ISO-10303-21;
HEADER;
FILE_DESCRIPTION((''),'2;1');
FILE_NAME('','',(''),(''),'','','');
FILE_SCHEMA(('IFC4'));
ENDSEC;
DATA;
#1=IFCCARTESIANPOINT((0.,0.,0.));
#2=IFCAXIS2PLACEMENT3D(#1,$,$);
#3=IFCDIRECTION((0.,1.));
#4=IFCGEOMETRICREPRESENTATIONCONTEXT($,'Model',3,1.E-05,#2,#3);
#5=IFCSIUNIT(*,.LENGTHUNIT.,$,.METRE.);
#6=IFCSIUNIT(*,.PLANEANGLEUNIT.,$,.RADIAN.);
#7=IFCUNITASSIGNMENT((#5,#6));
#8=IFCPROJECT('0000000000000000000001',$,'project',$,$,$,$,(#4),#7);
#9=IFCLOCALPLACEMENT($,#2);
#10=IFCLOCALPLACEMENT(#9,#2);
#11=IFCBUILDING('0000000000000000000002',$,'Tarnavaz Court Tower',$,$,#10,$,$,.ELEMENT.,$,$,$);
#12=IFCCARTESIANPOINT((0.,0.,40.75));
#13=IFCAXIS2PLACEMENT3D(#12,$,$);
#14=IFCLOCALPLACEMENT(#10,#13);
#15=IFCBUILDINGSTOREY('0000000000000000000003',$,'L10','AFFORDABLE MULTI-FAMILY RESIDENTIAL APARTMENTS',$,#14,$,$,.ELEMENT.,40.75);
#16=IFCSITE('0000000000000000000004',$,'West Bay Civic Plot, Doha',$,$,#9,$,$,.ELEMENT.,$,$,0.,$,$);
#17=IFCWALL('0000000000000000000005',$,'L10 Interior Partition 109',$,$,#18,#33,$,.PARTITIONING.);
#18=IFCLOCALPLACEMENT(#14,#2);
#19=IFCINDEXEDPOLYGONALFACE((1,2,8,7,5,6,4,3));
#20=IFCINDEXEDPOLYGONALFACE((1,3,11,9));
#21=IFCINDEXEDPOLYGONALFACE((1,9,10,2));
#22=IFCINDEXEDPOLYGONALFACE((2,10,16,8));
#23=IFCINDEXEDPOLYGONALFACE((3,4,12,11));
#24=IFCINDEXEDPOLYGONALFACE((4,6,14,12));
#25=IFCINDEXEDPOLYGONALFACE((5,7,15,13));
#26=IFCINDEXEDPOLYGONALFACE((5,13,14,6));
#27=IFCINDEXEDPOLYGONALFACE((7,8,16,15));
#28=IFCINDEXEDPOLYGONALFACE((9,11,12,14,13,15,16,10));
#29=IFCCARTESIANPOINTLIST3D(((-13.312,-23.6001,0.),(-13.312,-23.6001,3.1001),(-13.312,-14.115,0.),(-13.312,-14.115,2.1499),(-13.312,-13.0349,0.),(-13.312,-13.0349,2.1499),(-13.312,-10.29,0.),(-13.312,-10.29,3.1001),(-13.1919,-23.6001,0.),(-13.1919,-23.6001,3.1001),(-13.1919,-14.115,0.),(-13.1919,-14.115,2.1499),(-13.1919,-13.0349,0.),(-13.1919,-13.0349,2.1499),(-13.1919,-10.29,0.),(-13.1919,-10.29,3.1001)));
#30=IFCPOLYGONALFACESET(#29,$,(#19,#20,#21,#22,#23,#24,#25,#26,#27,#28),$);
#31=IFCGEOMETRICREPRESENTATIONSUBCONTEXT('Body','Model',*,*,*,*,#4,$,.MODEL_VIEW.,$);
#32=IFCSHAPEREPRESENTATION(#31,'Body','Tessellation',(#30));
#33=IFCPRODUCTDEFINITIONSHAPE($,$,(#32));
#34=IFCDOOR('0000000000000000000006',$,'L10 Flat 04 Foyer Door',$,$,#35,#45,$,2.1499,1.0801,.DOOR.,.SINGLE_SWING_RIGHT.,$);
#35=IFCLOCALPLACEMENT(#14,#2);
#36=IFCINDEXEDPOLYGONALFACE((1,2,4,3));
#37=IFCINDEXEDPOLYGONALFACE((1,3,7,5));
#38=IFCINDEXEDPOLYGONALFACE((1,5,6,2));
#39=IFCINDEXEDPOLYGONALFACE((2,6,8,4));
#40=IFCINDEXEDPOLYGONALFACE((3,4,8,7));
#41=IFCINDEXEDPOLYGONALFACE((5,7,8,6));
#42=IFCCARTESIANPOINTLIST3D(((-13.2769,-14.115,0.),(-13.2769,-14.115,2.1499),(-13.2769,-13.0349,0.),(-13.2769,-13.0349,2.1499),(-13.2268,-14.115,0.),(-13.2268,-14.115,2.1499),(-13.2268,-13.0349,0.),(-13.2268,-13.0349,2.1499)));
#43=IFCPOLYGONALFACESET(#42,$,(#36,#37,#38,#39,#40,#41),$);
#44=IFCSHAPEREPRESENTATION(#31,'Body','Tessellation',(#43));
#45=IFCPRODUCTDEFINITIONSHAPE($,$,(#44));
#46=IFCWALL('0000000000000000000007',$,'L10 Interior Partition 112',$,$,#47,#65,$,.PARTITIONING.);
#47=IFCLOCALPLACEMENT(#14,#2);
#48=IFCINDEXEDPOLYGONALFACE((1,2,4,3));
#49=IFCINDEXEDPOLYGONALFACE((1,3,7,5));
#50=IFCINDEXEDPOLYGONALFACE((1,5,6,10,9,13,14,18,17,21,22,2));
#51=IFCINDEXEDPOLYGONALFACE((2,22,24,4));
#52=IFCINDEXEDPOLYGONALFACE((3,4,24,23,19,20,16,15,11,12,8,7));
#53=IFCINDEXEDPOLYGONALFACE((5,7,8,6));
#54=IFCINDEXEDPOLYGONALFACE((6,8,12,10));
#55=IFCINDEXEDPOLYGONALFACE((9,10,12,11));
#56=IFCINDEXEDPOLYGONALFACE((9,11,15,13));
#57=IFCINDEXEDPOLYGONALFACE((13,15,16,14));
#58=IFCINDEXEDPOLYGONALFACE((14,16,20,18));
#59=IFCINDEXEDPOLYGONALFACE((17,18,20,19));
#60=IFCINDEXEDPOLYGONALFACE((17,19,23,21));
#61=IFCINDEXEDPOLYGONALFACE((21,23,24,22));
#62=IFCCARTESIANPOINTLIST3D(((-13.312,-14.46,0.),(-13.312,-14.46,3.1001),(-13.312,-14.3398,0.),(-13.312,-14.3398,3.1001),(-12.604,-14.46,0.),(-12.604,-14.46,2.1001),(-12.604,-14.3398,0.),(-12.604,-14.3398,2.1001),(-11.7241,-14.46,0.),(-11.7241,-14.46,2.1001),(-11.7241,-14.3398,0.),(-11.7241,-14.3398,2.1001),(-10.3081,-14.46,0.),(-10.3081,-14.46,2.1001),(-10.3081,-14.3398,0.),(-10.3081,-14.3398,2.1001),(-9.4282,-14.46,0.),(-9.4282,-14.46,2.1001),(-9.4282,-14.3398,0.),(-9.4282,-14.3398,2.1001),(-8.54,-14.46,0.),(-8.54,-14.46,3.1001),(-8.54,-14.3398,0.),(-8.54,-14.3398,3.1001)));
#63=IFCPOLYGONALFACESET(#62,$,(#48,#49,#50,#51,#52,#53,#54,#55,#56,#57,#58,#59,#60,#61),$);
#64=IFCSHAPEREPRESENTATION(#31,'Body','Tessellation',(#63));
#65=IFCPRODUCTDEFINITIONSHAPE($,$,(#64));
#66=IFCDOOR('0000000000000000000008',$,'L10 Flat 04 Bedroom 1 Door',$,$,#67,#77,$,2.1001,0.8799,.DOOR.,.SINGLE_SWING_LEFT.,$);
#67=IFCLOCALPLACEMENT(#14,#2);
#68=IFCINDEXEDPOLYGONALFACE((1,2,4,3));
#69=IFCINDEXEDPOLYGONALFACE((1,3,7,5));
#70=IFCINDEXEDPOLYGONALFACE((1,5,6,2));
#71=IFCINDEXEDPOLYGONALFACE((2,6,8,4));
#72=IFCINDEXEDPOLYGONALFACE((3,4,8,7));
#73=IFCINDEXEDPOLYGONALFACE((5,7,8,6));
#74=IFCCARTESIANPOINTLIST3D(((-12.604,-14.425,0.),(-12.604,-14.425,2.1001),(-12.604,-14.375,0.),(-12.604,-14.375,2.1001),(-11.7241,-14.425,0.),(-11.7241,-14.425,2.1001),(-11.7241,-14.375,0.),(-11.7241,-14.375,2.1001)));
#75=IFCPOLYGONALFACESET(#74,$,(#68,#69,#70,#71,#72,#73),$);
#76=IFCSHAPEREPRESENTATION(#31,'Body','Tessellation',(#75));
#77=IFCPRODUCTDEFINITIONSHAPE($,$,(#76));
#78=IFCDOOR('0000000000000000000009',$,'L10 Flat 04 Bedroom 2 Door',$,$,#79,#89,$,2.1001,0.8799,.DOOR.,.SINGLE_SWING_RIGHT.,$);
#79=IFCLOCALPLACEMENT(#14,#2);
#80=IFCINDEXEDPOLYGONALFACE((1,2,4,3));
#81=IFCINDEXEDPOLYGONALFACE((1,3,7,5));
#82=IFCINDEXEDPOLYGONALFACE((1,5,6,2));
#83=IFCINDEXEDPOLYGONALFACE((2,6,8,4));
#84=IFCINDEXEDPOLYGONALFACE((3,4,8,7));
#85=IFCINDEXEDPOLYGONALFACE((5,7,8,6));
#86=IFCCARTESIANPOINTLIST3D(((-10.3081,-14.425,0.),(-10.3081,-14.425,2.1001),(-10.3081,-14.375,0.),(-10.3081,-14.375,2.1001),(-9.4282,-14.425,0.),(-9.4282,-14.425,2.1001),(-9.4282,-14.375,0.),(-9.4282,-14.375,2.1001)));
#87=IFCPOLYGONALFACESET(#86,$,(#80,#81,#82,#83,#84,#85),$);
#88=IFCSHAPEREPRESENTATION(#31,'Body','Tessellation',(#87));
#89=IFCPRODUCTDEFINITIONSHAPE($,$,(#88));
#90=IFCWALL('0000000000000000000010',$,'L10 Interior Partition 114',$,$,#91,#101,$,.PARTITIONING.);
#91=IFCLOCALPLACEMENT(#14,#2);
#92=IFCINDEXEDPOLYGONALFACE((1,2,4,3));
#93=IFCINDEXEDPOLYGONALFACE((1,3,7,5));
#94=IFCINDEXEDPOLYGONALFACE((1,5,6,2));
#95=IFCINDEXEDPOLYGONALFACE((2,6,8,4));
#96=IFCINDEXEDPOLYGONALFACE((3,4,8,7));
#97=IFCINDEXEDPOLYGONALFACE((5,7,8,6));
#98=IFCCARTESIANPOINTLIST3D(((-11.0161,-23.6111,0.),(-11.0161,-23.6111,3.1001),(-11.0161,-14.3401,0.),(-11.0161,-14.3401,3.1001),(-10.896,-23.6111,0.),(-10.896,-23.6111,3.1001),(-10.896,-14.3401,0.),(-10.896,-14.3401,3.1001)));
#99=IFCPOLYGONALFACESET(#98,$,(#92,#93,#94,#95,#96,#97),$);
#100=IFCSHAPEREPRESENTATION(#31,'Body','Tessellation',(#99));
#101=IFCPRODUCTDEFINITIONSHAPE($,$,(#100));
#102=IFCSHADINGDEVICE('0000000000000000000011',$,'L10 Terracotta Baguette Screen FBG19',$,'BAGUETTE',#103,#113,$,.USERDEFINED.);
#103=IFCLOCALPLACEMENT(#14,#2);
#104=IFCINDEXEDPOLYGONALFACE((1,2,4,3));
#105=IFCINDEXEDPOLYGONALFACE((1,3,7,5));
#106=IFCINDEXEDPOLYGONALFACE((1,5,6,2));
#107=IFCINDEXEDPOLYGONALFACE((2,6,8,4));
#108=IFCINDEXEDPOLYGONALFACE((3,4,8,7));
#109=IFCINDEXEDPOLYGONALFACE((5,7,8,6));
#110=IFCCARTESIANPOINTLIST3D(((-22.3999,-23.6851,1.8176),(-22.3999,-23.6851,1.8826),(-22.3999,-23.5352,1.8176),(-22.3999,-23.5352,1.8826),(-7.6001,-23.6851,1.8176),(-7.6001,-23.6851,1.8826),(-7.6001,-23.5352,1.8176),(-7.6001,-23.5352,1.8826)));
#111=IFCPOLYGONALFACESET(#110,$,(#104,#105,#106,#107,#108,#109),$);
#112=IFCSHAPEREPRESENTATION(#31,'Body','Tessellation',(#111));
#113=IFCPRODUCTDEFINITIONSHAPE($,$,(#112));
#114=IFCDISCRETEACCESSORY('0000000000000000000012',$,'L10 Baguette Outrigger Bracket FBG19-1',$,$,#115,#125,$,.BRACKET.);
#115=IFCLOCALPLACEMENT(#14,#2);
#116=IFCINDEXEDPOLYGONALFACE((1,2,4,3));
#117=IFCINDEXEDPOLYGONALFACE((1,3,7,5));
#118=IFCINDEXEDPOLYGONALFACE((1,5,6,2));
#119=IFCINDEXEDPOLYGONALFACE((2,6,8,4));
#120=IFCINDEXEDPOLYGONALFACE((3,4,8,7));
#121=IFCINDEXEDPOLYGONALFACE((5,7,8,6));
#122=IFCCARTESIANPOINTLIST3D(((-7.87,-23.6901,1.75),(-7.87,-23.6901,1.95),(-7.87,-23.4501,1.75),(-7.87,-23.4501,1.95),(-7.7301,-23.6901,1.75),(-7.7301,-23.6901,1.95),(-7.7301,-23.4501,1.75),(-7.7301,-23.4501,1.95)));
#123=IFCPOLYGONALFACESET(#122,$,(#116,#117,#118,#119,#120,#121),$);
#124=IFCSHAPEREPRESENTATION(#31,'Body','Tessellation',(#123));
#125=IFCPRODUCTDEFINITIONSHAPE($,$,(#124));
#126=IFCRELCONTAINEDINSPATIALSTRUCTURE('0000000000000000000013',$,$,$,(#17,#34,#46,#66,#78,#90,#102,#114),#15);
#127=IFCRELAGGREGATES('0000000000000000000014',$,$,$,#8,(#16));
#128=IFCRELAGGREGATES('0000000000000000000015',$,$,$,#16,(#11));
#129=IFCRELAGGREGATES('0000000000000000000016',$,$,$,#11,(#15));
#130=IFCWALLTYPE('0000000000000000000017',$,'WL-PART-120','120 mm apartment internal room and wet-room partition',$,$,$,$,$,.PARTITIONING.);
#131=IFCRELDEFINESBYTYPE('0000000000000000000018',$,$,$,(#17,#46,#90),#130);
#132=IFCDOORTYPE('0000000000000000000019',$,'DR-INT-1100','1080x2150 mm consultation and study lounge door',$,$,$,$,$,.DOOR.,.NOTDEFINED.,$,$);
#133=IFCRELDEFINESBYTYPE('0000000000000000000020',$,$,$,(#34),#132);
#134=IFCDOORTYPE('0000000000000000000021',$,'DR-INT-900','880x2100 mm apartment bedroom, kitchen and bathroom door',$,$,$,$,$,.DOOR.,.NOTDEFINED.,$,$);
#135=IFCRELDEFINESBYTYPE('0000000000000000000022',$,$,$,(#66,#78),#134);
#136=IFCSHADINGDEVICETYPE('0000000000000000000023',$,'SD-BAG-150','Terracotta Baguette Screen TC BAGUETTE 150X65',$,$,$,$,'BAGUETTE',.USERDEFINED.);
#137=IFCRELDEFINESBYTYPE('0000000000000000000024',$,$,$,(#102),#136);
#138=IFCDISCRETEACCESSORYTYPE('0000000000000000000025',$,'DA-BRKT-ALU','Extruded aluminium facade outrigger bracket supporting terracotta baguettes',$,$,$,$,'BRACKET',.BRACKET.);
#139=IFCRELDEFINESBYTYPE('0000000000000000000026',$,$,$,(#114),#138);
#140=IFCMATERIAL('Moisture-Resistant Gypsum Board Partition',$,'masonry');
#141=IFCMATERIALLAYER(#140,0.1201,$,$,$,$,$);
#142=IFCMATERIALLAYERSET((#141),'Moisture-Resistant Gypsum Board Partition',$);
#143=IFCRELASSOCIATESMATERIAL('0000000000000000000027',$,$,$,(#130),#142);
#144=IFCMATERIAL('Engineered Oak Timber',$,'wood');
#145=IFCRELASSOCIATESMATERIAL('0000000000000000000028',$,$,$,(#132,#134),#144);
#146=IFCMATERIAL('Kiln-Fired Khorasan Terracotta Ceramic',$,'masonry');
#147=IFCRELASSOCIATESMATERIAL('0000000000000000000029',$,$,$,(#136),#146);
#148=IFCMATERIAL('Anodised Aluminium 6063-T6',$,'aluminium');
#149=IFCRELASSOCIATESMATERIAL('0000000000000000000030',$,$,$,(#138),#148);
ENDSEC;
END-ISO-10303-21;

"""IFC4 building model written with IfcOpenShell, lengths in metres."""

from ifc_helpers import new_model, si_unit, direction, frame, frame_2d, origin, origin_2d, place, context, subcontext, project, spatial, rectangle, extrude, material, layer, layer_set, material_profile, profile_set, type_object, element, fill, save


model = new_model("IFC4")

# Units and contexts
model_context = context("Model", 3, precision=1e-05, world=origin(), true_north=direction((0.0, 1.0)))
body_context = subcontext(model_context, "Body", "Model", "MODEL_VIEW")
ifc_project = project(units=[si_unit("LENGTHUNIT", "METRE"), si_unit("PLANEANGLEUNIT", "RADIAN")], contexts=[model_context])

# Site, building, storey
site_placement = place(None, origin())
site = spatial("IfcSite", under=ifc_project, at=site_placement, Name="West Bay Civic Plot, Doha", CompositionType="ELEMENT", RefElevation=0.0)
building_placement = place(site_placement, origin())
building = spatial("IfcBuilding", under=site, at=building_placement, Name="Tarnavaz Court Tower", CompositionType="ELEMENT")
storey_placement = place(building_placement, frame((0.0, 0.0, 40.75)))
storey = spatial("IfcBuildingStorey", under=building, at=storey_placement, Name="L10", Description="AFFORDABLE MULTI-FAMILY RESIDENTIAL APARTMENTS", CompositionType="ELEMENT", Elevation=40.75)

# Wall, opening, door
ifc_material_1 = material(Name="Moisture-Resistant Gypsum Board Partition", Category="masonry")
ifc_layer_1 = layer(ifc_material_1, 0.1201)
ifc_layer_set_1 = layer_set([ifc_layer_1], Name="Moisture-Resistant Gypsum Board Partition")
wall_type_1 = type_object("IfcWallType", Name="WL-PART-120", Description="120 mm apartment internal room and wet-room partition", PredefinedType="PARTITIONING", material=ifc_layer_set_1)
wall_1_placement = place(storey_placement, frame((-13.252, -23.6001, 0.0), z_axis=(0.0, 0.0, 1.0), x_axis=(0.0, 1.0, 0.0)))
wall_1 = element("IfcWall", 1, at=wall_1_placement, inside=storey, type_object=wall_type_1, Name="L10 Interior Partition 109", PredefinedType="PARTITIONING", context=body_context, shape_type="SweptSolid", body=[
    extrude(rectangle(XDim=13.3101, YDim=0.1201, at=frame_2d((6.655, 0.0))), origin(), (0.0, 0.0, 1.0), 3.1001),
])
opening_1_placement = place(wall_1_placement, frame((9.4851, 0.0, 0.0)))
opening_1 = element("IfcOpeningElement", 2, at=opening_1_placement, cuts=wall_1, PredefinedType="OPENING", context=body_context, shape_type="SweptSolid", body=[
    extrude(rectangle(XDim=1.0801, YDim=2.1499, at=frame_2d((0.54, 1.075))), frame((0.0, 0.0701, 0.0), z_axis=(0.0, -1.0, 0.0), x_axis=(1.0, 0.0, 0.0)), (0.0, 0.0, 1.0), 0.1401),
])
ifc_material_2 = material(Name="Engineered Oak Timber", Category="wood")
door_type_1 = type_object("IfcDoorType", Name="DR-INT-1100", Description="1080x2150 mm consultation and study lounge door", OperationType="NOTDEFINED", PredefinedType="DOOR", material=ifc_material_2)
door_1_placement = place(opening_1_placement, origin())
door_1 = element("IfcDoor", 3, at=door_1_placement, inside=storey, type_object=door_type_1, Name="L10 Flat 04 Foyer Door", OperationType="SINGLE_SWING_RIGHT", OverallHeight=2.1499, OverallWidth=1.0801, PredefinedType="DOOR", context=body_context, shape_type="SweptSolid", body=[
    extrude(rectangle(XDim=1.0801, YDim=2.1499, at=frame_2d((0.54, 1.075))), frame((0.0, 0.0249, 0.0), z_axis=(0.0, -1.0, 0.0), x_axis=(1.0, 0.0, 0.0)), (0.0, 0.0, 1.0), 0.05),
])
fill(opening_1, door_1)

# Wall, openings, doors
wall_2_placement = place(storey_placement, frame((-13.312, -14.3999, 0.0), z_axis=(0.0, 0.0, 1.0), x_axis=(1.0, 0.0, 0.0)))
wall_2 = element("IfcWall", 4, at=wall_2_placement, inside=storey, type_object=wall_type_1, Name="L10 Interior Partition 112", PredefinedType="PARTITIONING", context=body_context, shape_type="SweptSolid", body=[
    extrude(rectangle(XDim=4.772, YDim=0.1201, at=frame_2d((2.386, 0.0))), origin(), (0.0, 0.0, 1.0), 3.1001),
])
opening_2_placement = place(wall_2_placement, frame((0.708, 0.0, 0.0)))
opening_2 = element("IfcOpeningElement", 5, at=opening_2_placement, cuts=wall_2, PredefinedType="OPENING", context=body_context, shape_type="SweptSolid", body=[
    extrude(rectangle(XDim=0.8799, YDim=2.1001, at=frame_2d((0.4399, 1.05))), frame((0.0, 0.0701, 0.0), z_axis=(0.0, -1.0, 0.0), x_axis=(1.0, 0.0, 0.0)), (0.0, 0.0, 1.0), 0.1401),
])
opening_3_placement = place(wall_2_placement, frame((3.0039, 0.0, 0.0)))
opening_3 = element("IfcOpeningElement", 6, at=opening_3_placement, cuts=wall_2, PredefinedType="OPENING", context=body_context, shape_type="SweptSolid", body=[
    extrude(rectangle(XDim=0.8799, YDim=2.1001, at=frame_2d((0.4399, 1.05))), frame((0.0, 0.0701, 0.0), z_axis=(0.0, -1.0, 0.0), x_axis=(1.0, 0.0, 0.0)), (0.0, 0.0, 1.0), 0.1401),
])
door_type_2 = type_object("IfcDoorType", Name="DR-INT-900", Description="880x2100 mm apartment bedroom, kitchen and bathroom door", OperationType="NOTDEFINED", PredefinedType="DOOR", material=ifc_material_2)
door_2_placement = place(opening_2_placement, origin())
door_2 = element("IfcDoor", 7, at=door_2_placement, inside=storey, type_object=door_type_2, Name="L10 Flat 04 Bedroom 1 Door", OperationType="SINGLE_SWING_LEFT", OverallHeight=2.1001, OverallWidth=0.8799, PredefinedType="DOOR", context=body_context, shape_type="SweptSolid", body=[
    extrude(rectangle(XDim=0.8799, YDim=2.1001, at=frame_2d((0.4399, 1.05))), frame((0.0, 0.0249, 0.0), z_axis=(0.0, -1.0, 0.0), x_axis=(1.0, 0.0, 0.0)), (0.0, 0.0, 1.0), 0.05),
])
fill(opening_2, door_2)
door_3_placement = place(opening_3_placement, origin())
door_3 = element("IfcDoor", 8, at=door_3_placement, inside=storey, type_object=door_type_2, Name="L10 Flat 04 Bedroom 2 Door", OperationType="SINGLE_SWING_RIGHT", OverallHeight=2.1001, OverallWidth=0.8799, PredefinedType="DOOR", context=body_context, shape_type="SweptSolid", body=[
    extrude(rectangle(XDim=0.8799, YDim=2.1001, at=frame_2d((0.4399, 1.05))), frame((0.0, 0.0249, 0.0), z_axis=(0.0, -1.0, 0.0), x_axis=(1.0, 0.0, 0.0)), (0.0, 0.0, 1.0), 0.05),
])
fill(opening_3, door_3)

# Wall
wall_3_placement = place(storey_placement, frame((-10.9561, -23.6111, 0.0), z_axis=(0.0, 0.0, 1.0), x_axis=(0.0, 1.0, 0.0)))
element("IfcWall", 9, at=wall_3_placement, inside=storey, type_object=wall_type_1, Name="L10 Interior Partition 114", PredefinedType="PARTITIONING", context=body_context, shape_type="SweptSolid", body=[
    extrude(rectangle(XDim=9.271, YDim=0.1201, at=frame_2d((4.6355, 0.0))), origin(), (0.0, 0.0, 1.0), 3.1001),
])

# Shading device
ifc_material_3 = material(Name="Kiln-Fired Khorasan Terracotta Ceramic", Category="masonry")
ifc_material_profile_1 = material_profile(ifc_material_3, rectangle(XDim=0.1499, YDim=0.0649, at=origin_2d()), Name="TC BAGUETTE 150X65")
ifc_profile_set_1 = profile_set([ifc_material_profile_1], Name="Kiln-Fired Khorasan Terracotta Ceramic")
shading_device_type = type_object("IfcShadingDeviceType", Name="SD-BAG-150", Description="Terracotta Baguette Screen TC BAGUETTE 150X65", ElementType="BAGUETTE", PredefinedType="USERDEFINED", material=ifc_profile_set_1)
shading_device_placement = place(storey_placement, frame((-7.6001, -23.6101, 1.8501), z_axis=(-1.0, 0.0, 0.0), x_axis=(0.0, -1.0, 0.0)))
element("IfcShadingDevice", 10, at=shading_device_placement, inside=storey, type_object=shading_device_type, Name="L10 Terracotta Baguette Screen FBG19", ObjectType="BAGUETTE", PredefinedType="USERDEFINED", context=body_context, shape_type="SweptSolid", body=[
    extrude(rectangle(XDim=0.1499, YDim=0.0649, at=origin_2d()), origin(), (0.0, 0.0, 1.0), 14.7998),
])

# Discrete accessory
ifc_material_4 = material(Name="Anodised Aluminium 6063-T6", Category="aluminium")
discrete_accessory_type = type_object("IfcDiscreteAccessoryType", Name="DA-BRKT-ALU", Description="Extruded aluminium facade outrigger bracket supporting terracotta baguettes", ElementType="BRACKET", PredefinedType="BRACKET", material=ifc_material_4)
discrete_accessory_placement = place(storey_placement, frame((-7.8, -23.5701, 1.75), z_axis=(0.0, 0.0, 1.0), x_axis=(-1.0, 0.0, 0.0)))
element("IfcDiscreteAccessory", 11, at=discrete_accessory_placement, inside=storey, type_object=discrete_accessory_type, Name="L10 Baguette Outrigger Bracket FBG19-1", PredefinedType="BRACKET", context=body_context, shape_type="SweptSolid", body=[
    extrude(rectangle(XDim=0.1399, YDim=0.24, at=origin_2d()), origin(), (0.0, 0.0, 1.0), 0.2),
])

save(model, "model.ifc")
